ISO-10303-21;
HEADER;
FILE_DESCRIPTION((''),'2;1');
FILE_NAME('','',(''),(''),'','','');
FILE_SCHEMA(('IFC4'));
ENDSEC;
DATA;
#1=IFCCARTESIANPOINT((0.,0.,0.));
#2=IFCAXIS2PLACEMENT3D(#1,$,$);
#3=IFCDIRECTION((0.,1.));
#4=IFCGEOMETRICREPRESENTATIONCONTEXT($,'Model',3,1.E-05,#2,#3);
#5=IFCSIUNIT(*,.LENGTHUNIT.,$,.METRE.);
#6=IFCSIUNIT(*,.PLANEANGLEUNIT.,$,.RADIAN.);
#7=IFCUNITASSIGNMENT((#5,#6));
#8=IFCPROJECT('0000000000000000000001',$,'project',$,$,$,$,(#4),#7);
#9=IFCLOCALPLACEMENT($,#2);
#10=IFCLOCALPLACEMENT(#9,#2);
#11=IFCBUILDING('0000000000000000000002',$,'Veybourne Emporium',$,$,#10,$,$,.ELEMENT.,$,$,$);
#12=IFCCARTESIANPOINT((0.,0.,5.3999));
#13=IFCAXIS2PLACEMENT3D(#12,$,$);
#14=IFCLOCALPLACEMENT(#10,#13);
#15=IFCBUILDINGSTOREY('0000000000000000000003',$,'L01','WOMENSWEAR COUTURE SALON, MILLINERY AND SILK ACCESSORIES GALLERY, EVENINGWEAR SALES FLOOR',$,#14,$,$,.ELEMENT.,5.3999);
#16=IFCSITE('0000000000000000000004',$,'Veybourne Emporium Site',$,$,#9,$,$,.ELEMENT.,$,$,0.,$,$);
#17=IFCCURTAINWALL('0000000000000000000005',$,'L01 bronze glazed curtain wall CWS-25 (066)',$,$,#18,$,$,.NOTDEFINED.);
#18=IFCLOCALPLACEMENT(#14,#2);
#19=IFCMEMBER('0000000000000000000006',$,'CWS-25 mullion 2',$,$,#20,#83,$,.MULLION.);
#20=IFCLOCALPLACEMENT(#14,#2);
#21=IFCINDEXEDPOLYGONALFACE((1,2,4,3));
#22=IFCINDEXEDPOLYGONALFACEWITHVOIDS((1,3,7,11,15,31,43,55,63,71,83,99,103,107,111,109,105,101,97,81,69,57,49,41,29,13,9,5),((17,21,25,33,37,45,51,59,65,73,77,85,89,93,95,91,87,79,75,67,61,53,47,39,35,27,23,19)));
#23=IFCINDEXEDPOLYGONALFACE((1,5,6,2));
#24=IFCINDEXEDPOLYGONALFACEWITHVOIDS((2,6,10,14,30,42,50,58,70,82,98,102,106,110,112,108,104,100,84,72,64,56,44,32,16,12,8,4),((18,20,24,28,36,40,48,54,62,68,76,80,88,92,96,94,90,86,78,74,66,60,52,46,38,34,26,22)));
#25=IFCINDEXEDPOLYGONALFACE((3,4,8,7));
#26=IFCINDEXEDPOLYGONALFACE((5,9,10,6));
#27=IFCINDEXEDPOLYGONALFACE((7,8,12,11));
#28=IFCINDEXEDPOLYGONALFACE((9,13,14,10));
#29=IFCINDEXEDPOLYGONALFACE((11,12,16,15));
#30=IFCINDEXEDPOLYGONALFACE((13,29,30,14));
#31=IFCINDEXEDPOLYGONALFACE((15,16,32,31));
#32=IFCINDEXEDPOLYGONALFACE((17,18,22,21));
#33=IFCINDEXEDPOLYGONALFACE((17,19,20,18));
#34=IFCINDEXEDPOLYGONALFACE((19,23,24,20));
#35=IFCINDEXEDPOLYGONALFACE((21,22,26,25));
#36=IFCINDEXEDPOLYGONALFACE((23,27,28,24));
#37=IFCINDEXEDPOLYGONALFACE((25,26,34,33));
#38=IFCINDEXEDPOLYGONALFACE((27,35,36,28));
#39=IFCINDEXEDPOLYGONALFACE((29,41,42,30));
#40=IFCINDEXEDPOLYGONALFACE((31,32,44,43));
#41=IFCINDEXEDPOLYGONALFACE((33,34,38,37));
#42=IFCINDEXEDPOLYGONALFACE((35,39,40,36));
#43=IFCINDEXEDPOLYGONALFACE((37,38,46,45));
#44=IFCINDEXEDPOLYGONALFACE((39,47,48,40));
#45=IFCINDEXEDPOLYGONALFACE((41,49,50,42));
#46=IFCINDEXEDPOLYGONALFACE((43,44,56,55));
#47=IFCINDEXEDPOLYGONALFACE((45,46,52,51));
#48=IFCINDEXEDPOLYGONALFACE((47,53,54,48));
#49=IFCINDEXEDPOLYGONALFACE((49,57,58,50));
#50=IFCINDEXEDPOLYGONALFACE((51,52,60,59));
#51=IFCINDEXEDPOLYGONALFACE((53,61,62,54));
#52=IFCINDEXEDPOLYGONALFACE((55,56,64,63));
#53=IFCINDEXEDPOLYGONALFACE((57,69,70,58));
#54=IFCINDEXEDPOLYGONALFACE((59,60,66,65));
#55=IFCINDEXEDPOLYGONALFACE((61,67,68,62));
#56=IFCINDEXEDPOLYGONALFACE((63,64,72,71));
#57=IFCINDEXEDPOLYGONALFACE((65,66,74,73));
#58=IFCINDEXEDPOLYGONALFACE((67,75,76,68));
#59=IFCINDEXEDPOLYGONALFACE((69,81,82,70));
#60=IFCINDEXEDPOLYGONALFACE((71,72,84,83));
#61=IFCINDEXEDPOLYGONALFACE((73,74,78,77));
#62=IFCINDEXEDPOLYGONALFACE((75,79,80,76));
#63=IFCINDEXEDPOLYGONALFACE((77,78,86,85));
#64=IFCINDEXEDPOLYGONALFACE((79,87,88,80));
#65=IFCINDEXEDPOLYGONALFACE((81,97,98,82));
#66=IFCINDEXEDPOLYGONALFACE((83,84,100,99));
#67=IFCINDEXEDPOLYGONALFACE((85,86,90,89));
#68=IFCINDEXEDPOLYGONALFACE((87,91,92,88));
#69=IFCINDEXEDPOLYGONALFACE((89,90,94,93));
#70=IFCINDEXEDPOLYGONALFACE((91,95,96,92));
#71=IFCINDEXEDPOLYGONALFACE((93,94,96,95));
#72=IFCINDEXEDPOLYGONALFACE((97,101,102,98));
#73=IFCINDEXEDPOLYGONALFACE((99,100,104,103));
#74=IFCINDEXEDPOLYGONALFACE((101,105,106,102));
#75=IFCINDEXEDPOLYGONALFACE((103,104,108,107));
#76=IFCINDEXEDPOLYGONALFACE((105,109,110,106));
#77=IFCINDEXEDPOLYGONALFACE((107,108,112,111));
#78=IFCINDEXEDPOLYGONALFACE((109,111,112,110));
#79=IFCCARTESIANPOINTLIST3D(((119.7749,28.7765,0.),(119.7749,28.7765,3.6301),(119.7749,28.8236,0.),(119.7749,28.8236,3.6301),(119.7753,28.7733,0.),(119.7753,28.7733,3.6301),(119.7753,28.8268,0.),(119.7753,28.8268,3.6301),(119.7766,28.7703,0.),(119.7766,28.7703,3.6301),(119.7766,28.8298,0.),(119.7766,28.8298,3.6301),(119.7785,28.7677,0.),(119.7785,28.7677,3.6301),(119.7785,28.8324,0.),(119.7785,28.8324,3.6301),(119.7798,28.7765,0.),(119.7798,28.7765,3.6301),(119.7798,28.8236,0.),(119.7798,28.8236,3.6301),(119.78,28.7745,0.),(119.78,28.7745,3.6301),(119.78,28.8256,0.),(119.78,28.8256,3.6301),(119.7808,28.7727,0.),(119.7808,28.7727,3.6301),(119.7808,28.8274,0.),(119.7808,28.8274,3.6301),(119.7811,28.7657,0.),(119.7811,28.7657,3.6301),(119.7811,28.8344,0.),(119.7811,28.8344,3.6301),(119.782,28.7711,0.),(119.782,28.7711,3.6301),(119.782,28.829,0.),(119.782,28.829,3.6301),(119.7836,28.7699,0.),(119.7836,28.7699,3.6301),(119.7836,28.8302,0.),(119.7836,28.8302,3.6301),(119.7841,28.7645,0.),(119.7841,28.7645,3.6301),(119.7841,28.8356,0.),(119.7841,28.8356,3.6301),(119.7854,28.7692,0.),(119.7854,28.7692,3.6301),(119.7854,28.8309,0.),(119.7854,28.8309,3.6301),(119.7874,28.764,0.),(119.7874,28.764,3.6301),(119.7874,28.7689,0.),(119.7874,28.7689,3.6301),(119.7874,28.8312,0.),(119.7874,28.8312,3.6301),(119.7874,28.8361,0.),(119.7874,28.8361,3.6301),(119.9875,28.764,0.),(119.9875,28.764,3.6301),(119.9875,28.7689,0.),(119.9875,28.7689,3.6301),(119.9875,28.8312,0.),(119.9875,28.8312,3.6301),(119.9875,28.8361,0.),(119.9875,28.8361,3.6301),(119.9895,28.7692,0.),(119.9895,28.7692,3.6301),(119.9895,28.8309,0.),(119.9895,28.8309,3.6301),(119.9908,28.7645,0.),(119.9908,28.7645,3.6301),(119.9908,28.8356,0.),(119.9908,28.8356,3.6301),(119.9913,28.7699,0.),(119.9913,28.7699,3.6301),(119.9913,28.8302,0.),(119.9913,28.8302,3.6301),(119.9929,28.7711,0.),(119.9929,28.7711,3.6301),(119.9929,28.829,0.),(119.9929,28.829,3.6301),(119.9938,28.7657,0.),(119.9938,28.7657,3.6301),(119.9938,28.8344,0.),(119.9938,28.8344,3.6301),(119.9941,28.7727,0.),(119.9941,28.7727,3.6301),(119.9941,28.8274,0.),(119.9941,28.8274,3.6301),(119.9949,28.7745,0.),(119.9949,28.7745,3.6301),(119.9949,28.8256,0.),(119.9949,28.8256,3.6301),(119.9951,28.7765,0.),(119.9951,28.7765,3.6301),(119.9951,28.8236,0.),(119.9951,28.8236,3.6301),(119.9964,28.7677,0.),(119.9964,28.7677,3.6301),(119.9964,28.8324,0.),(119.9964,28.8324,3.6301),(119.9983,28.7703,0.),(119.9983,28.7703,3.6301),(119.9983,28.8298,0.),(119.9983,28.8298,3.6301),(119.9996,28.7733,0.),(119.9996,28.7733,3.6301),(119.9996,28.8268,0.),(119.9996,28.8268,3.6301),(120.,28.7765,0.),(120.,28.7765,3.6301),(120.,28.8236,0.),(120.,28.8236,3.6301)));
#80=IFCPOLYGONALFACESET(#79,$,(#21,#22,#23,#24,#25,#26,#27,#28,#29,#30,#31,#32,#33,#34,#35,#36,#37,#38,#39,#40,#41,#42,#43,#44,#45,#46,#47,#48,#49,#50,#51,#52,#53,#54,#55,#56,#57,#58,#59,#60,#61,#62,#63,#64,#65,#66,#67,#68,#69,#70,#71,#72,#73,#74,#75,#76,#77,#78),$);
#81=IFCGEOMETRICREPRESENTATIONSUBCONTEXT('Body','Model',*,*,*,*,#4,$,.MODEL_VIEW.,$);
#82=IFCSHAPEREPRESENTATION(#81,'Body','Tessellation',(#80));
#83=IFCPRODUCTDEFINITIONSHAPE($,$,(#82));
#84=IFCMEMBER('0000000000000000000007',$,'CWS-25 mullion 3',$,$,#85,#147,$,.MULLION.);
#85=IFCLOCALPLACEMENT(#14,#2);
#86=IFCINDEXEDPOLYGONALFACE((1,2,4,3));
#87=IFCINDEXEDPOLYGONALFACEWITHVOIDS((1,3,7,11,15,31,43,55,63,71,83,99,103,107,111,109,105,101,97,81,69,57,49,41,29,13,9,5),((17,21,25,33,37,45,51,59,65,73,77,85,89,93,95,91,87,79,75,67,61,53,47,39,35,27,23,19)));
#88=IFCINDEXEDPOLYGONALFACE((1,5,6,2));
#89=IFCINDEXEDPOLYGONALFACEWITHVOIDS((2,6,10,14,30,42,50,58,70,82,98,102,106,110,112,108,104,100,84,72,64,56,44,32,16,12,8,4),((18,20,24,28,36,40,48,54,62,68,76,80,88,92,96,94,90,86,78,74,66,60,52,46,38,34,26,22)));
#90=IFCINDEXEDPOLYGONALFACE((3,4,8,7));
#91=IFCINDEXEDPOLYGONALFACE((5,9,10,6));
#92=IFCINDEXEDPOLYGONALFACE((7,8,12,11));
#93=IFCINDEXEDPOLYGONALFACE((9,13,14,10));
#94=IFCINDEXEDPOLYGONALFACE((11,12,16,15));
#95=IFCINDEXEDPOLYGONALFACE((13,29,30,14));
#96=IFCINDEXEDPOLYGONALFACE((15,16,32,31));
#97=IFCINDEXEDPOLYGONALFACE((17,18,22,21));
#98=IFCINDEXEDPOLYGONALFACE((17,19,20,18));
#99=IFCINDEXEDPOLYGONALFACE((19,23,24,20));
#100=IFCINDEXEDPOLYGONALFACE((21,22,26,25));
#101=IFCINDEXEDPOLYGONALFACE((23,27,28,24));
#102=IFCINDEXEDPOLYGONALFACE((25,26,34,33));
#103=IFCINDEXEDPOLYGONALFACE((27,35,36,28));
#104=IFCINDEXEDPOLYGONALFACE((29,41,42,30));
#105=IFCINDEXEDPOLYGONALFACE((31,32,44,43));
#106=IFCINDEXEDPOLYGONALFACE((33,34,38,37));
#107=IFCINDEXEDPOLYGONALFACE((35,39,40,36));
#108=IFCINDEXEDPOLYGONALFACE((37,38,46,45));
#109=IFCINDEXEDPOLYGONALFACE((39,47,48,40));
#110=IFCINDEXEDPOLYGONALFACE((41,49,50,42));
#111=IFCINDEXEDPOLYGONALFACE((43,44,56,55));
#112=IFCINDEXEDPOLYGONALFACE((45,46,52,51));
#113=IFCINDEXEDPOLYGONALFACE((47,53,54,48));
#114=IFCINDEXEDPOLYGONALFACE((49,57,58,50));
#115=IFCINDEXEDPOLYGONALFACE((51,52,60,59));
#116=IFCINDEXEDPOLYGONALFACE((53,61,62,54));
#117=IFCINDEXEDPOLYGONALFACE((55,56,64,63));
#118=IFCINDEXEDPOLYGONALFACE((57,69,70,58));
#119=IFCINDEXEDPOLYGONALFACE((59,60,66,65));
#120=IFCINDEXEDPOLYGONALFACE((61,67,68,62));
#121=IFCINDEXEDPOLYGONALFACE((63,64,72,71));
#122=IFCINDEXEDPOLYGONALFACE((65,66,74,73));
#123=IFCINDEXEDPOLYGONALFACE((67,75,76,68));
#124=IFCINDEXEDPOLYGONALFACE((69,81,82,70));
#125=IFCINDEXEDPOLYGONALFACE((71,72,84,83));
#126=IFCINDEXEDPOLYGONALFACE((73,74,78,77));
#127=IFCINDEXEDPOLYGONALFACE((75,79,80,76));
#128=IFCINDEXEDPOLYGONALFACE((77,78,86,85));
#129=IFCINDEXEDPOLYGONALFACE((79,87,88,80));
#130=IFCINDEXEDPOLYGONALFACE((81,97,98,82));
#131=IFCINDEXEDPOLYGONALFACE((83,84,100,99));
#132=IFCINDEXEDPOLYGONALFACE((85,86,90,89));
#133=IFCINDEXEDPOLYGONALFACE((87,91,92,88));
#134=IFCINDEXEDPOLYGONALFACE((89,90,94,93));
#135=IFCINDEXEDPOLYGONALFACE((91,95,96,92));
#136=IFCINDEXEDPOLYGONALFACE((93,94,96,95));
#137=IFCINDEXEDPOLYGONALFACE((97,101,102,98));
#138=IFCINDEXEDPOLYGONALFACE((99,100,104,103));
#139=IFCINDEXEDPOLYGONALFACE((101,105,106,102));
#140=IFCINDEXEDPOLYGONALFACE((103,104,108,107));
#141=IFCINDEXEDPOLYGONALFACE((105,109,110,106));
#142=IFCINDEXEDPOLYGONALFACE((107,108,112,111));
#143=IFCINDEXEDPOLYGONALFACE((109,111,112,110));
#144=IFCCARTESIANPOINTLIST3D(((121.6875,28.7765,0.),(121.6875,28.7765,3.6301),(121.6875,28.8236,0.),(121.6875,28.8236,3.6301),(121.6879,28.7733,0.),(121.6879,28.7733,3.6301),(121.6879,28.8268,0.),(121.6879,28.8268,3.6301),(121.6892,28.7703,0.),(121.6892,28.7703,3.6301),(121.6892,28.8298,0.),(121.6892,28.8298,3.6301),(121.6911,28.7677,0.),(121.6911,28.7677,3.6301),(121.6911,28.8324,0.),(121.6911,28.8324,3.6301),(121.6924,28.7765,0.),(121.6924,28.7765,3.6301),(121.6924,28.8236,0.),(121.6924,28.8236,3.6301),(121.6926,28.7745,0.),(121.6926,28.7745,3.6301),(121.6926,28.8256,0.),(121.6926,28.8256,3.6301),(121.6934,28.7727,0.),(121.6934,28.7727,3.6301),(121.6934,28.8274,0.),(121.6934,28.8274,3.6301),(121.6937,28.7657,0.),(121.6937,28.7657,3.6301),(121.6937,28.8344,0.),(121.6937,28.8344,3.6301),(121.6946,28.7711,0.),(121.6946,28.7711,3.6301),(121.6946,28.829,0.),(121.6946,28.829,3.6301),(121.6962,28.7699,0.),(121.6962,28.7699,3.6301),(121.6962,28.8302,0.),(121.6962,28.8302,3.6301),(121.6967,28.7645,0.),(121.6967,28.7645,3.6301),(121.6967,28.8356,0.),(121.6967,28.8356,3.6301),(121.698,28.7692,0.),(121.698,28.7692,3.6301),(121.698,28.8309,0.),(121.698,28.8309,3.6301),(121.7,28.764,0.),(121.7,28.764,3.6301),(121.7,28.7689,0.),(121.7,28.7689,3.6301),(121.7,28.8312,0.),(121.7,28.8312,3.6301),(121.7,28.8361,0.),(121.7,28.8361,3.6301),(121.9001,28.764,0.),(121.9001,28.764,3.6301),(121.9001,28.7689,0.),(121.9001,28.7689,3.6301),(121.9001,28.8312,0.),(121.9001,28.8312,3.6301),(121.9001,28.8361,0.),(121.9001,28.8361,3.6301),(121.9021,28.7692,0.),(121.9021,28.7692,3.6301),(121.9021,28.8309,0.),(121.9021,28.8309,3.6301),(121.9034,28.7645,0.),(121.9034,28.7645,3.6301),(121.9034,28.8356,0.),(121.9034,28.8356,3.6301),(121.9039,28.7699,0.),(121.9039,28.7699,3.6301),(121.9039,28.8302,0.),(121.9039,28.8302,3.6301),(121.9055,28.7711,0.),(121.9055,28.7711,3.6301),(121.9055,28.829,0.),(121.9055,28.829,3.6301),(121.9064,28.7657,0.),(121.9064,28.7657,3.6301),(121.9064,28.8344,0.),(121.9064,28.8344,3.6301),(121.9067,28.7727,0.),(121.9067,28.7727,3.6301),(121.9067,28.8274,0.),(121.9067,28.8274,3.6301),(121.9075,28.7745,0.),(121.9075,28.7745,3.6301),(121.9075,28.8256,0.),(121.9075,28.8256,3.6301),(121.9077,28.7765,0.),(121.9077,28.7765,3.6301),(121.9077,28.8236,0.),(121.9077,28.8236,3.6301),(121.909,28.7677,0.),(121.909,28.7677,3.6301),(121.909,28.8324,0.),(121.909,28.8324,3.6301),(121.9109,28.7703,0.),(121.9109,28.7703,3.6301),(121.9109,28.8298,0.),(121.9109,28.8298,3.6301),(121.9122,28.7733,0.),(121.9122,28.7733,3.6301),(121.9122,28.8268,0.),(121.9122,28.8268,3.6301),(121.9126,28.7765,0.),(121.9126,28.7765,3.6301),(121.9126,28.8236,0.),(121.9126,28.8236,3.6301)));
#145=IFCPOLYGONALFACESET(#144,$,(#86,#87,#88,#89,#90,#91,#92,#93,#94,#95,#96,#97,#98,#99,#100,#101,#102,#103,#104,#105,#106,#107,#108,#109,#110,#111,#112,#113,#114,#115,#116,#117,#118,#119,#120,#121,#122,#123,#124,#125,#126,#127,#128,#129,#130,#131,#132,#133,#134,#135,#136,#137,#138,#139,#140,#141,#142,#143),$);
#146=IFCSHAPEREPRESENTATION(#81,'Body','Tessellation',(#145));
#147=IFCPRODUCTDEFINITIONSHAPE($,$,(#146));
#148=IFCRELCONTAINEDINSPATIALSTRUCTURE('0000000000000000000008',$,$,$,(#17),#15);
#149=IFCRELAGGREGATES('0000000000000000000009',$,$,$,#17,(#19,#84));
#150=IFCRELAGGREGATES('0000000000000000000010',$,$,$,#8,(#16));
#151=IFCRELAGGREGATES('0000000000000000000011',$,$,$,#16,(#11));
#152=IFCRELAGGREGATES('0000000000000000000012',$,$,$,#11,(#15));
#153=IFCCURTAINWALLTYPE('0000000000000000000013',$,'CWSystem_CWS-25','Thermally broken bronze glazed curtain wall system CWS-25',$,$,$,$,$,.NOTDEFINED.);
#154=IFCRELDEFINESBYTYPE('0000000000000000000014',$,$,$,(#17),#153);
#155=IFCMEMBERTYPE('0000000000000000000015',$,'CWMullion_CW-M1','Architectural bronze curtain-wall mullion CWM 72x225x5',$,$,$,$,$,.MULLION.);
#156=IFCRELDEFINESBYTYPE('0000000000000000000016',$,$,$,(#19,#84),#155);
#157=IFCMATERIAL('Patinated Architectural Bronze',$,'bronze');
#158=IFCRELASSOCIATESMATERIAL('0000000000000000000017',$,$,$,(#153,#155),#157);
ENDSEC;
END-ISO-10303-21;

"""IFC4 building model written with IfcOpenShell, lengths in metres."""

from ifc_helpers import new_model, si_unit, direction, frame, origin, origin_2d, place, context, subcontext, project, spatial, hollow_rectangle, extrude, material, material_profile, profile_set, type_object, element, aggregate, save


model = new_model("IFC4")

# Units and contexts
model_context = context("Model", 3, precision=1e-05, world=origin(), true_north=direction((0.0, 1.0)))
body_context = subcontext(model_context, "Body", "Model", "MODEL_VIEW")
ifc_project = project(units=[si_unit("LENGTHUNIT", "METRE"), si_unit("PLANEANGLEUNIT", "RADIAN")], contexts=[model_context])

# Site, building, storey
site_placement = place(None, origin())
site = spatial("IfcSite", under=ifc_project, at=site_placement, Name="Veybourne Emporium Site", CompositionType="ELEMENT", RefElevation=0.0)
building_placement = place(site_placement, origin())
building = spatial("IfcBuilding", under=site, at=building_placement, Name="Veybourne Emporium", CompositionType="ELEMENT")
storey_placement = place(building_placement, frame((0.0, 0.0, 5.3999)))
storey = spatial("IfcBuildingStorey", under=building, at=storey_placement, Name="L01", Description="WOMENSWEAR COUTURE SALON, MILLINERY AND SILK ACCESSORIES GALLERY, EVENINGWEAR SALES FLOOR", CompositionType="ELEMENT", Elevation=5.3999)

# Curtain wall, members
ifc_material_1 = material(Name="Patinated Architectural Bronze", Category="bronze")
curtain_wall_type = type_object("IfcCurtainWallType", Name="CWSystem_CWS-25", Description="Thermally broken bronze glazed curtain wall system CWS-25", PredefinedType="NOTDEFINED", material=ifc_material_1)
curtain_wall_placement = place(storey_placement, origin())
curtain_wall = element("IfcCurtainWall", 1, at=curtain_wall_placement, inside=storey, type_object=curtain_wall_type, Name="L01 bronze glazed curtain wall CWS-25 (066)", PredefinedType="NOTDEFINED")
ifc_material_profile_1 = material_profile(ifc_material_1, hollow_rectangle(XDim=0.072, YDim=0.2251, WallThickness=0.0049, InnerFilletRadius=0.0076, OuterFilletRadius=0.0125, at=origin_2d()), Name="CWM 72x225x5")
ifc_profile_set_1 = profile_set([ifc_material_profile_1], Name="Patinated Architectural Bronze")
member_type_1 = type_object("IfcMemberType", Name="CWMullion_CW-M1", Description="Architectural bronze curtain-wall mullion CWM 72x225x5", PredefinedType="MULLION", material=ifc_profile_set_1)
member_1_placement = place(storey_placement, frame((119.8875, 28.8, 0.0), z_axis=(0.0, 0.0, 1.0), x_axis=(0.0, 1.0, 0.0)))
member_1 = element("IfcMember", 2, at=member_1_placement, type_object=member_type_1, Name="CWS-25 mullion 2", PredefinedType="MULLION", context=body_context, shape_type="SweptSolid", body=[
    extrude(hollow_rectangle(XDim=0.072, YDim=0.2251, WallThickness=0.0049, InnerFilletRadius=0.0076, OuterFilletRadius=0.0125, at=origin_2d()), origin(), (0.0, 0.0, 1.0), 3.6301),
])
member_2_placement = place(storey_placement, frame((121.8, 28.8, 0.0), z_axis=(0.0, 0.0, 1.0), x_axis=(0.0, 1.0, 0.0)))
member_2 = element("IfcMember", 3, at=member_2_placement, type_object=member_type_1, Name="CWS-25 mullion 3", PredefinedType="MULLION", context=body_context, shape_type="SweptSolid", body=[
    extrude(hollow_rectangle(XDim=0.072, YDim=0.2251, WallThickness=0.0049, InnerFilletRadius=0.0076, OuterFilletRadius=0.0125, at=origin_2d()), origin(), (0.0, 0.0, 1.0), 3.6301),
])
aggregate(curtain_wall, [member_1, member_2])

save(model, "model.ifc")
